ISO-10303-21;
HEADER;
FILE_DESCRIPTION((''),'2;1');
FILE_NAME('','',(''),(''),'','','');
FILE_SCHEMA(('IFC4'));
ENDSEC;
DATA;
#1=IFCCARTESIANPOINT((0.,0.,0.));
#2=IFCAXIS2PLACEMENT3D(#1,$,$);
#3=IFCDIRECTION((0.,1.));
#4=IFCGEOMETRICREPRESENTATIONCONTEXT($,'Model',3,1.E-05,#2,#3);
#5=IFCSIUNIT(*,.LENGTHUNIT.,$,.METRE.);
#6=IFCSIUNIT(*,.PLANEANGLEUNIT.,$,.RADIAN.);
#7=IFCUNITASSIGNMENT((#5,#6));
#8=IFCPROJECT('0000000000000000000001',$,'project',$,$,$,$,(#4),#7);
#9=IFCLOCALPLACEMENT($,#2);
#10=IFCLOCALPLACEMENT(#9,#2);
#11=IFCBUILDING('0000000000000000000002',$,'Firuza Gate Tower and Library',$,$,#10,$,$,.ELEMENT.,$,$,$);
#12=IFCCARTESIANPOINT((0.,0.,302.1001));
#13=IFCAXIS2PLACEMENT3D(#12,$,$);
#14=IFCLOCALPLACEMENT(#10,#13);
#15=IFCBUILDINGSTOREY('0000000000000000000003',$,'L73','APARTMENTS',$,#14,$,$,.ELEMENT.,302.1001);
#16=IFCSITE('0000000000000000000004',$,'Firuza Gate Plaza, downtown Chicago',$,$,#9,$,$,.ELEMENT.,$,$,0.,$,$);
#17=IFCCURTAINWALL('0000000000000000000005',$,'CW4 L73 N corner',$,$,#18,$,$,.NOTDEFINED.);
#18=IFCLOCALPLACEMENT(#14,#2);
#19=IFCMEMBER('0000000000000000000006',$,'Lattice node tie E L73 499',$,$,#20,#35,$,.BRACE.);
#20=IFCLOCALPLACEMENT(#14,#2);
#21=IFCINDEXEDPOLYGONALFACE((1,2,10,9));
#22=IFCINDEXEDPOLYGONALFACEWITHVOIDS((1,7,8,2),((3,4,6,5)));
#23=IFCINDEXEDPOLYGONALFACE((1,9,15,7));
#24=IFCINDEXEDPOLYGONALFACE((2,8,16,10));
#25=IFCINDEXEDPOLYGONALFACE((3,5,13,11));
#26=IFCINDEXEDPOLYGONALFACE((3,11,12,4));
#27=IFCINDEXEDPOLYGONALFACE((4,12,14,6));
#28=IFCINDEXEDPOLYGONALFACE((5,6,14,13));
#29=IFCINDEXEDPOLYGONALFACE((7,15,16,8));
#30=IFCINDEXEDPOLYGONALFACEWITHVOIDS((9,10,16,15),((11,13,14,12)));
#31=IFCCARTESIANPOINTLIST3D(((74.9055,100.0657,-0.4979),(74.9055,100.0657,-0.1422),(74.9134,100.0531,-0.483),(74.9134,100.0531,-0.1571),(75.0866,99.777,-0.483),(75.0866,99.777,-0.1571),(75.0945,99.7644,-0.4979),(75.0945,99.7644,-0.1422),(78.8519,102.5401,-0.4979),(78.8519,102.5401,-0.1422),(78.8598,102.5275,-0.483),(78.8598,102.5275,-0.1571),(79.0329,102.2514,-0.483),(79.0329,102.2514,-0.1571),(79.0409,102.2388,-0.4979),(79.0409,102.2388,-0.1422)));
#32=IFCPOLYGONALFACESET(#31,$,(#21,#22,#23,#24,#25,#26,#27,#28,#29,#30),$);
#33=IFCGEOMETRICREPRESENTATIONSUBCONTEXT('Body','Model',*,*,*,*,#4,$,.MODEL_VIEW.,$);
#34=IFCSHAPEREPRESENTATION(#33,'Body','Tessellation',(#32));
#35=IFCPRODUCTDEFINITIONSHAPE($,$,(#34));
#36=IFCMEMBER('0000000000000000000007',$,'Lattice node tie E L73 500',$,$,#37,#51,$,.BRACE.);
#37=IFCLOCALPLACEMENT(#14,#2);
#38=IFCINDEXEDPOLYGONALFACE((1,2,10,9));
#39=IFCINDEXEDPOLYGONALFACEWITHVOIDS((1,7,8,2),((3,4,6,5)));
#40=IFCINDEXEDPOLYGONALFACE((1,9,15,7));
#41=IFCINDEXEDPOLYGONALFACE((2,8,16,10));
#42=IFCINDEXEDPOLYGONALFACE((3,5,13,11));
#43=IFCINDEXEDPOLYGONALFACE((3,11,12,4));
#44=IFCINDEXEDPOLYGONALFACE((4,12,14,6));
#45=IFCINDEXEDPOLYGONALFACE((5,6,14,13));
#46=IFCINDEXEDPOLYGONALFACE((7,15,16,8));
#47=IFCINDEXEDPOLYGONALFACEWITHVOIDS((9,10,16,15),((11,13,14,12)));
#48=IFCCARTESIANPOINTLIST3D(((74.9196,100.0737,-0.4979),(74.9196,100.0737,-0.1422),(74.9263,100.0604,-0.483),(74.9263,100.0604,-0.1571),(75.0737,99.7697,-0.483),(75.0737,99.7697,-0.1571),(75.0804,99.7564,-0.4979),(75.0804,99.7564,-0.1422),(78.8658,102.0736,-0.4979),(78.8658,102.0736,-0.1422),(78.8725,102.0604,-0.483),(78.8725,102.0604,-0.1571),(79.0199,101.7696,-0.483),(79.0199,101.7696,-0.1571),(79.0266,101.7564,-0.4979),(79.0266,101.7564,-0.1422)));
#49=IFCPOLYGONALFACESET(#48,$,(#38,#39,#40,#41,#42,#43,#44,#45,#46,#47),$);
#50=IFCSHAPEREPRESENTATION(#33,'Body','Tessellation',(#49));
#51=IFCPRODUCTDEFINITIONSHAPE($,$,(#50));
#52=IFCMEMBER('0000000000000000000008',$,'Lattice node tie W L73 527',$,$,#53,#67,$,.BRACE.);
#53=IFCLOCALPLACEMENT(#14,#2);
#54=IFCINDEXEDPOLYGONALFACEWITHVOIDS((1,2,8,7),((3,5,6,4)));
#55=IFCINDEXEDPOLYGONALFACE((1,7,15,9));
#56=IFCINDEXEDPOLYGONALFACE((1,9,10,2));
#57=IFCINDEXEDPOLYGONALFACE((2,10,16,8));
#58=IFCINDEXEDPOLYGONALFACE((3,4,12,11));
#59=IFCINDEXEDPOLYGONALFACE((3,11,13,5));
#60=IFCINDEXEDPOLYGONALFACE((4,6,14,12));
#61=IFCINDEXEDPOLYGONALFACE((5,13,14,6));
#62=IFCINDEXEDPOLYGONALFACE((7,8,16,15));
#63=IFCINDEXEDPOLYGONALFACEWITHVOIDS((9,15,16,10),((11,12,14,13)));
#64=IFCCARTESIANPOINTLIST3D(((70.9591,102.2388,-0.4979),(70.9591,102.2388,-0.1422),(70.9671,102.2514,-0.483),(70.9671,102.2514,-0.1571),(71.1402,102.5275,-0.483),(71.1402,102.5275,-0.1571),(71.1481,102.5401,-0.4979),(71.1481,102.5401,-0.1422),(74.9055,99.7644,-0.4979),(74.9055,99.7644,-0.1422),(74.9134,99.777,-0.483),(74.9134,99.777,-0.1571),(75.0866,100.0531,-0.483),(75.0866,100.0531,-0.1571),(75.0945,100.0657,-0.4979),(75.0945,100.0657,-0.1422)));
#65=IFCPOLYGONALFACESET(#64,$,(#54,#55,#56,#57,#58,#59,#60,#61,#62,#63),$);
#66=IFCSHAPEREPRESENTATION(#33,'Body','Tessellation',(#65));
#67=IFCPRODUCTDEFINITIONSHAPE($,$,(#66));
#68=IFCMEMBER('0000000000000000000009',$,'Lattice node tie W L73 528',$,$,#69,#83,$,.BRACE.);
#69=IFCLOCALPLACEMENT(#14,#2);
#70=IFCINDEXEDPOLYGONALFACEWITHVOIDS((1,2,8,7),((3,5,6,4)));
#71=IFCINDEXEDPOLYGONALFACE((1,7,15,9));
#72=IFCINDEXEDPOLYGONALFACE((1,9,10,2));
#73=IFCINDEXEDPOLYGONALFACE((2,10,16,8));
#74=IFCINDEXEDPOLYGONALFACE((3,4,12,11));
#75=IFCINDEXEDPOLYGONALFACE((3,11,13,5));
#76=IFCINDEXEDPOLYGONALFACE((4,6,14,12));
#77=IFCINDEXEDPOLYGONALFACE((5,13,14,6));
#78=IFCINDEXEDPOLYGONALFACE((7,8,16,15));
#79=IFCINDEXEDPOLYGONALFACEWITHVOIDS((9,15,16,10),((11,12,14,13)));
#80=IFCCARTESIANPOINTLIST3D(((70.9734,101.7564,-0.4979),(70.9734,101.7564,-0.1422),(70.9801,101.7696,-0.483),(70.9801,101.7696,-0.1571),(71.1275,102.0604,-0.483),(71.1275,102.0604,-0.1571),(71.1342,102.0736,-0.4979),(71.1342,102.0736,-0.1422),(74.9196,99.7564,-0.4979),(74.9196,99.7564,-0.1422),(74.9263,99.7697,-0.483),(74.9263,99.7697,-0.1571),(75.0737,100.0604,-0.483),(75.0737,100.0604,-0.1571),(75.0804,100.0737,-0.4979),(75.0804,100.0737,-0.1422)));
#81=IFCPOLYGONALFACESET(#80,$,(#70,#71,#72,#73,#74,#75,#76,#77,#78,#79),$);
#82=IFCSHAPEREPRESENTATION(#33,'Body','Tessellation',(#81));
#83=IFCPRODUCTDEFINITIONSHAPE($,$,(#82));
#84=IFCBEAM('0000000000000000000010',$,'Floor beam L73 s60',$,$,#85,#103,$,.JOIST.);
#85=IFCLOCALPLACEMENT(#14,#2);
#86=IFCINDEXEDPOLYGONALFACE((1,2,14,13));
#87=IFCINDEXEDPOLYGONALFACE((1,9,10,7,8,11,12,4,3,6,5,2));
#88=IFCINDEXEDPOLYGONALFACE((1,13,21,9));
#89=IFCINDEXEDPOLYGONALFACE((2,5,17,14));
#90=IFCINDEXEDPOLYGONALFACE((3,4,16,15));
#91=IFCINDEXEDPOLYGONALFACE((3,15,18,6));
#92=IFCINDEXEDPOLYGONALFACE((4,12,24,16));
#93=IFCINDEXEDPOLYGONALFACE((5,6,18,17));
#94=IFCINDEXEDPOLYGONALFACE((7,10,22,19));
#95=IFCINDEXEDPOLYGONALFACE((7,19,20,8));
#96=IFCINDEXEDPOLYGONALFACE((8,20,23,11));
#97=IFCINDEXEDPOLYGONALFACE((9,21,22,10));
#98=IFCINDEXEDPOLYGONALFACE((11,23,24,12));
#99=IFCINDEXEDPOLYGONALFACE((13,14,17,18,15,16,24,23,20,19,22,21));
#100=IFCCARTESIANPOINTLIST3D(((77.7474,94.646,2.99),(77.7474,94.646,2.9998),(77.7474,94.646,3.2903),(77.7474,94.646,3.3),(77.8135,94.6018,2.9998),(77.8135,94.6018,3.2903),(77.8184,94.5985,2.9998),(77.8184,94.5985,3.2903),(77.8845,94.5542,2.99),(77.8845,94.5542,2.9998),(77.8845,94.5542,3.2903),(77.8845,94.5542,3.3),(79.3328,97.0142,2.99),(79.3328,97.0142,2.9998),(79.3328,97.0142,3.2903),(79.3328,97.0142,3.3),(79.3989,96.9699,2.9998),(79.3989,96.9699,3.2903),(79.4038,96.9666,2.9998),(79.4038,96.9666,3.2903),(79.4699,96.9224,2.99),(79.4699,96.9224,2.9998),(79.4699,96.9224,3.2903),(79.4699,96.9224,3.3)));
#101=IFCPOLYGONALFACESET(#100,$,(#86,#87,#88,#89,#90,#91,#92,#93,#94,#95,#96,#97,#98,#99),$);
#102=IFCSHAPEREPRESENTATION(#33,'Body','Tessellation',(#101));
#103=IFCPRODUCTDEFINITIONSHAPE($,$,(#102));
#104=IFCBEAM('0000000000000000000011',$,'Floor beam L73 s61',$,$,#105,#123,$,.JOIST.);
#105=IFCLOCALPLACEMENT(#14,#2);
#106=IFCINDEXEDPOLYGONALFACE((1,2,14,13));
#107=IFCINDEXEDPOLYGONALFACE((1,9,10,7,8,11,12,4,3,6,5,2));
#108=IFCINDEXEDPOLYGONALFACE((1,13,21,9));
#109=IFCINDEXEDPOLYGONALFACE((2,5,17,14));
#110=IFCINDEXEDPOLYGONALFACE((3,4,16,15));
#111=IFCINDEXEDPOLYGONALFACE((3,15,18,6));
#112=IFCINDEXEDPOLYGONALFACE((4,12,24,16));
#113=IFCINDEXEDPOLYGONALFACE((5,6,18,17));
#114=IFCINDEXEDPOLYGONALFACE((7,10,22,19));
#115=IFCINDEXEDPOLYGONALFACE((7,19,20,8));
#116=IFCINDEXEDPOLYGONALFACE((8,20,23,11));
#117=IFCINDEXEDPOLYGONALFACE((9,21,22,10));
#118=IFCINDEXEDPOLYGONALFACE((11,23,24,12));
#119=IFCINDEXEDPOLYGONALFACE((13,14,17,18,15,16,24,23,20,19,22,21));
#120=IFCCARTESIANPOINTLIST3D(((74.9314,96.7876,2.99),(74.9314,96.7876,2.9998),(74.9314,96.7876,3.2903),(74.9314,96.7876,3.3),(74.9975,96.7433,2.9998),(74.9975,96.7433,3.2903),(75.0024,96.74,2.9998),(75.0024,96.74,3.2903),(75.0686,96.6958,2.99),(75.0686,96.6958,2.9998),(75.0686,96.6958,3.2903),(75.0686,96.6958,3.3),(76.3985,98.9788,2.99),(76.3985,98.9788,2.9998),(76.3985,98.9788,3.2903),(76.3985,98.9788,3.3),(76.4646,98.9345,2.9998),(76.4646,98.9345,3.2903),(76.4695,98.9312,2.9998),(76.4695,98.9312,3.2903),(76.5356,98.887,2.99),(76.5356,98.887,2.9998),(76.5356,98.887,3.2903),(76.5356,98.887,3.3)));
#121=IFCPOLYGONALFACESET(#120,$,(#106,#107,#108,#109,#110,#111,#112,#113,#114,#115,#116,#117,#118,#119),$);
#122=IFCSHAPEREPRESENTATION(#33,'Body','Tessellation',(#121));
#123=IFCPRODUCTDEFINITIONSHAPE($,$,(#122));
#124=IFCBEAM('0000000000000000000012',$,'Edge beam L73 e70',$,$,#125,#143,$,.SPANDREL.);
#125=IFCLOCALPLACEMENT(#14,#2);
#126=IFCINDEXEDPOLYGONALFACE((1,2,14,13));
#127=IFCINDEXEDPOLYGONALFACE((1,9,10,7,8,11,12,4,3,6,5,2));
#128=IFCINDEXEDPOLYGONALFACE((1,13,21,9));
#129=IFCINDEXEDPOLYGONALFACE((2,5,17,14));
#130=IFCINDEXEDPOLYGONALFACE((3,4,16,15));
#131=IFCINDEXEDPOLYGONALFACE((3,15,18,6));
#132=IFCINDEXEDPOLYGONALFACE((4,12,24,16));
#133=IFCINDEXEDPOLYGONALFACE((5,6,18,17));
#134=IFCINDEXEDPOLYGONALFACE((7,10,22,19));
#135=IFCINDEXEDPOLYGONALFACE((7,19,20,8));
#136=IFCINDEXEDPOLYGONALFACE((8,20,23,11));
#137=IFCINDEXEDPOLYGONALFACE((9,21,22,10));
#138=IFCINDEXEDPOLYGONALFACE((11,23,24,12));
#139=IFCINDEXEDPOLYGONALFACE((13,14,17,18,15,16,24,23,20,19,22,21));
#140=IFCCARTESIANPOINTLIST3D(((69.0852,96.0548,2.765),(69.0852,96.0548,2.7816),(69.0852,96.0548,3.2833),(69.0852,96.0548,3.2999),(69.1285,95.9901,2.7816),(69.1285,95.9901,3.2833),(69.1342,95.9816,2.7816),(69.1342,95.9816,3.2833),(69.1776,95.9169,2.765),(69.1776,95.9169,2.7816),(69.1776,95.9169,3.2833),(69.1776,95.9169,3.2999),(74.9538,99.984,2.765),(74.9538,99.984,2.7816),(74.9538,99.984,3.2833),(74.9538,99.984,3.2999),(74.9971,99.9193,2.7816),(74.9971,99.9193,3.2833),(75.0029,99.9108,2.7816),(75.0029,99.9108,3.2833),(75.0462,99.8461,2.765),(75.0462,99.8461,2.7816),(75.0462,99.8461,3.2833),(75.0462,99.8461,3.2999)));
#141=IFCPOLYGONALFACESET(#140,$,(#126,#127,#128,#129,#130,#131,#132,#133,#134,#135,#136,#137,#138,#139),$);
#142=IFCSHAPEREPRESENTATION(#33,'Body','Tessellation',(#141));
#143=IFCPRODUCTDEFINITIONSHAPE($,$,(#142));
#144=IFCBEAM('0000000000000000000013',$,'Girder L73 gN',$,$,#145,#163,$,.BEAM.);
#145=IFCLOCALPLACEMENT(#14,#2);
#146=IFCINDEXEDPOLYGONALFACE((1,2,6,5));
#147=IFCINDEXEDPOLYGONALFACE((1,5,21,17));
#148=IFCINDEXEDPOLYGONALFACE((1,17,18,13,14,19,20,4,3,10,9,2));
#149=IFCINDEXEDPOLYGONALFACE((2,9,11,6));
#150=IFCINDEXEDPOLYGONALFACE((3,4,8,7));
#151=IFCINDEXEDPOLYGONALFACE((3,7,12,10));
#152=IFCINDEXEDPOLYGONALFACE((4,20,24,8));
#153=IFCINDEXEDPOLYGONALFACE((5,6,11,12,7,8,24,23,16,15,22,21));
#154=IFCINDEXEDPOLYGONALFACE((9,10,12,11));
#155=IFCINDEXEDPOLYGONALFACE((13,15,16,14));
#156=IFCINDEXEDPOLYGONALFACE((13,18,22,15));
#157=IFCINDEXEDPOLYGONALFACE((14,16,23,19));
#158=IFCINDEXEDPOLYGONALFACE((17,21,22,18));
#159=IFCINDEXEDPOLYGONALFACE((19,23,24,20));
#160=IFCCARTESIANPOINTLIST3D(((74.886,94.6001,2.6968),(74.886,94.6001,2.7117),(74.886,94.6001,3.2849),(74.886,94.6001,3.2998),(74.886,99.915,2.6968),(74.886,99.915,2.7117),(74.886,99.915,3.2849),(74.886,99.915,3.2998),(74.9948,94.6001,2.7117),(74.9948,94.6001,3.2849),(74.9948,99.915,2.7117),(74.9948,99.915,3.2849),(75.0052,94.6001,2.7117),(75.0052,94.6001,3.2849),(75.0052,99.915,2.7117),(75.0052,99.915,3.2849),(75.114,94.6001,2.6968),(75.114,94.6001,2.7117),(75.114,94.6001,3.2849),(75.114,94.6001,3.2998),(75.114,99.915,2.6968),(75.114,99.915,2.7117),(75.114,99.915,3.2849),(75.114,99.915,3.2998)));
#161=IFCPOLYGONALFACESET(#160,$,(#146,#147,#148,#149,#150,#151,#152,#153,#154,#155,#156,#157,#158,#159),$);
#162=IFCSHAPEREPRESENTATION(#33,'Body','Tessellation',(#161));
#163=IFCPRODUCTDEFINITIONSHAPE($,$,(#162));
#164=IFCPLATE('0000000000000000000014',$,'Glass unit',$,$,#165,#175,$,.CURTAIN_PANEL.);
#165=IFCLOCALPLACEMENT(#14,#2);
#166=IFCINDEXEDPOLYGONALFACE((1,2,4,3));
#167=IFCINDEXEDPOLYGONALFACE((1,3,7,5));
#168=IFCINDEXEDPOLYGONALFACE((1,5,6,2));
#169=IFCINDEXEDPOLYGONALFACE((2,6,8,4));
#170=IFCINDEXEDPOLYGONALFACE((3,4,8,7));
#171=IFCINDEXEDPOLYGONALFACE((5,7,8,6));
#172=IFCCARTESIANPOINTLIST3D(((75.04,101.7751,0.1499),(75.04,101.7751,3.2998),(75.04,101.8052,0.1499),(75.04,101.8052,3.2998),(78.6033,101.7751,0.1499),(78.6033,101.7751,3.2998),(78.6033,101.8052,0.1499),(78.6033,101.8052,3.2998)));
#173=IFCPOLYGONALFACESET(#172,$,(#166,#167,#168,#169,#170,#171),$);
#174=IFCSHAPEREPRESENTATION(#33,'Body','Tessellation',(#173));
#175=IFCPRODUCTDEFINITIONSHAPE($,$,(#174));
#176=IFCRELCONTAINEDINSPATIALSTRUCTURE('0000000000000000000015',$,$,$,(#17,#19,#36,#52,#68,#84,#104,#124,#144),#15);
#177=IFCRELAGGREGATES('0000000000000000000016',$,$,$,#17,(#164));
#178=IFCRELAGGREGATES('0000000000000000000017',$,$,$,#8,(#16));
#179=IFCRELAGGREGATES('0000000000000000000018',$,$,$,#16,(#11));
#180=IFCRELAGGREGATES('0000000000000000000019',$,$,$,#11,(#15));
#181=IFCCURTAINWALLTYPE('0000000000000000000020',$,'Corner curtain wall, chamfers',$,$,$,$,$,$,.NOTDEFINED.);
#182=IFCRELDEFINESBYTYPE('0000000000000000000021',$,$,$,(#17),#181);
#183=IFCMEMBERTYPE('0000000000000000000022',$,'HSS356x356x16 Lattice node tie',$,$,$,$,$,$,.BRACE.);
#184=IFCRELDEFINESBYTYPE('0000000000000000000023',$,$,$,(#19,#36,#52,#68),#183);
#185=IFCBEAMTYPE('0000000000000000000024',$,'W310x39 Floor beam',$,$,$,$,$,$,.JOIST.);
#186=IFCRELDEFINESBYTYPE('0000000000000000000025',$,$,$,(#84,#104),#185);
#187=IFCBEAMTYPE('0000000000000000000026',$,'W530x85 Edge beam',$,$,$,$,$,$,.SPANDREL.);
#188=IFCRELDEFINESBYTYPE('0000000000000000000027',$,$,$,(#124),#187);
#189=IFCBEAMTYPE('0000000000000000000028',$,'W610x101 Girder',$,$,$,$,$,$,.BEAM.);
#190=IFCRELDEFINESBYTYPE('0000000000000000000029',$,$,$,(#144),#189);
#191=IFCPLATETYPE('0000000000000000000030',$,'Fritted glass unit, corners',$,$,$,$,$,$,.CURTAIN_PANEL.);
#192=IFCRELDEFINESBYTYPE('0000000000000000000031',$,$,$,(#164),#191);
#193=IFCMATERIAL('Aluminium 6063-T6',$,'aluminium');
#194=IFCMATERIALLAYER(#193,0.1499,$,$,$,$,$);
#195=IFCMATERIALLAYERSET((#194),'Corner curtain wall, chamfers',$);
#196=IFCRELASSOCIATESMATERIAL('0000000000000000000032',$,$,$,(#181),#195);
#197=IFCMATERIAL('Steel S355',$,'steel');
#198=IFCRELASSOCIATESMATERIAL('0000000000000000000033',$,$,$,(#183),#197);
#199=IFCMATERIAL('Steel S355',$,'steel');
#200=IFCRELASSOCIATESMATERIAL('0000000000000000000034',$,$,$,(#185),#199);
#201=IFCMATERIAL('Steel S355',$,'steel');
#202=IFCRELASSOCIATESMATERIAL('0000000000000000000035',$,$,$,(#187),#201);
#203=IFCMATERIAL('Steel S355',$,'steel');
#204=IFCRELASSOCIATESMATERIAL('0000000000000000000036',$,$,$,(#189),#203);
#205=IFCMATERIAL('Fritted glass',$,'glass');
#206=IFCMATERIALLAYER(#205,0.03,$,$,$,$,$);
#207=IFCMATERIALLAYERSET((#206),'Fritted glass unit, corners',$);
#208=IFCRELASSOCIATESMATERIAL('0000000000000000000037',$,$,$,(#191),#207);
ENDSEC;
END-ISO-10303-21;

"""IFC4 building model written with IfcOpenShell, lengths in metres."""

from ifc_helpers import new_model, si_unit, direction, frame, origin, origin_2d, place, context, subcontext, project, spatial, polyline, hollow_rectangle, i_section, outline, extrude, material, layer, layer_set, material_profile, profile_set, type_object, element, aggregate, save


model = new_model("IFC4")

# Units and contexts
model_context = context("Model", 3, precision=1e-05, world=origin(), true_north=direction((0.0, 1.0)))
body_context = subcontext(model_context, "Body", "Model", "MODEL_VIEW")
ifc_project = project(units=[si_unit("LENGTHUNIT", "METRE"), si_unit("PLANEANGLEUNIT", "RADIAN")], contexts=[model_context])

# Site, building, storey
site_placement = place(None, origin())
site = spatial("IfcSite", under=ifc_project, at=site_placement, Name="Firuza Gate Plaza, downtown Chicago", CompositionType="ELEMENT", RefElevation=0.0)
building_placement = place(site_placement, origin())
building = spatial("IfcBuilding", under=site, at=building_placement, Name="Firuza Gate Tower and Library", CompositionType="ELEMENT")
storey_placement = place(building_placement, frame((0.0, 0.0, 302.1001)))
storey = spatial("IfcBuildingStorey", under=building, at=storey_placement, Name="L73", Description="APARTMENTS", CompositionType="ELEMENT", Elevation=302.1001)

# Curtain wall
placement = place(storey_placement, origin())
ifc_material_1 = material(Name="Aluminium 6063-T6", Category="aluminium")
ifc_layer_1 = layer(ifc_material_1, 0.1499)
ifc_layer_set_1 = layer_set([ifc_layer_1], Name="Corner curtain wall, chamfers")
curtain_wall_type_1 = type_object("IfcCurtainWallType", Name="Corner curtain wall, chamfers", PredefinedType="NOTDEFINED", material=ifc_layer_set_1)
curtain_wall_1 = element("IfcCurtainWall", 1, at=placement, inside=storey, type_object=curtain_wall_type_1, Name="CW4 L73 N corner", PredefinedType="NOTDEFINED")

# Members
ifc_material_2 = material(Name="Steel S355", Category="steel")
ifc_material_profile_1 = material_profile(ifc_material_2, hollow_rectangle(XDim=0.3557, YDim=0.3557, WallThickness=0.0149, at=origin_2d()))
ifc_profile_set_1 = profile_set([ifc_material_profile_1], Name="Steel S355")
member_type_1 = type_object("IfcMemberType", Name="HSS356x356x16 Lattice node tie", PredefinedType="BRACE", material=ifc_profile_set_1)
member_1_placement = place(storey_placement, frame((75.0, 99.915, -0.3201), z_axis=(0.847232, 0.531223, 0.0), x_axis=(-0.531223, 0.847232, 0.0)))
element("IfcMember", 2, at=member_1_placement, inside=storey, type_object=member_type_1, Name="Lattice node tie E L73 499", PredefinedType="BRACE", context=body_context, shape_type="SweptSolid", body=[
    extrude(hollow_rectangle(XDim=0.3557, YDim=0.3557, WallThickness=0.0149, at=origin_2d()), origin(), (0.0, 0.0, 1.0), 4.658),
])
member_2_placement = place(storey_placement, frame((75.0, 99.915, -0.3201), z_axis=(0.891986, 0.452063, 0.0), x_axis=(-0.452063, 0.891986, 0.0)))
element("IfcMember", 3, at=member_2_placement, inside=storey, type_object=member_type_1, Name="Lattice node tie E L73 500", PredefinedType="BRACE", context=body_context, shape_type="SweptSolid", body=[
    extrude(hollow_rectangle(XDim=0.3557, YDim=0.3557, WallThickness=0.0149, at=origin_2d()), origin(), (0.0, 0.0, 1.0), 4.4241),
])
member_3_placement = place(storey_placement, frame((75.0, 99.915, -0.3201), z_axis=(-0.847232, 0.531223, 0.0), x_axis=(-0.531223, -0.847232, 0.0)))
element("IfcMember", 4, at=member_3_placement, inside=storey, type_object=member_type_1, Name="Lattice node tie W L73 527", PredefinedType="BRACE", context=body_context, shape_type="SweptSolid", body=[
    extrude(hollow_rectangle(XDim=0.3557, YDim=0.3557, WallThickness=0.0149, at=origin_2d()), origin(), (0.0, 0.0, 1.0), 4.658),
])
member_4_placement = place(storey_placement, frame((75.0, 99.915, -0.3201), z_axis=(-0.891986, 0.452063, 0.0), x_axis=(-0.452063, -0.891986, 0.0)))
element("IfcMember", 5, at=member_4_placement, inside=storey, type_object=member_type_1, Name="Lattice node tie W L73 528", PredefinedType="BRACE", context=body_context, shape_type="SweptSolid", body=[
    extrude(hollow_rectangle(XDim=0.3557, YDim=0.3557, WallThickness=0.0149, at=origin_2d()), origin(), (0.0, 0.0, 1.0), 4.4241),
])

# Beams
ifc_material_3 = material(Name="Steel S355", Category="steel")
ifc_material_profile_2 = material_profile(ifc_material_3, i_section(OverallWidth=0.165, OverallDepth=0.3101, WebThickness=0.0059, FlangeThickness=0.0098, at=origin_2d()))
ifc_profile_set_2 = profile_set([ifc_material_profile_2], Name="Steel S355")
beam_type_1 = type_object("IfcBeamType", Name="W310x39 Floor beam", PredefinedType="JOIST", material=ifc_profile_set_2)
beam_1_placement = place(storey_placement, frame((79.4014, 96.9683, 3.145), z_axis=(-0.55632, -0.830968, 0.0), x_axis=(0.830968, -0.55632, 0.0)))
element("IfcBeam", 6, at=beam_1_placement, inside=storey, type_object=beam_type_1, Name="Floor beam L73 s60", PredefinedType="JOIST", context=body_context, shape_type="SweptSolid", body=[
    extrude(i_section(OverallWidth=0.165, OverallDepth=0.3101, WebThickness=0.0059, FlangeThickness=0.0098, at=origin_2d()), origin(), (0.0, 0.0, 1.0), 2.8499),
])
beam_2_placement = place(storey_placement, frame((76.467, 98.9329, 3.145), z_axis=(-0.556344, -0.830952, 0.0), x_axis=(0.830952, -0.556344, 0.0)))
element("IfcBeam", 7, at=beam_2_placement, inside=storey, type_object=beam_type_1, Name="Floor beam L73 s61", PredefinedType="JOIST", context=body_context, shape_type="SweptSolid", body=[
    extrude(i_section(OverallWidth=0.165, OverallDepth=0.3101, WebThickness=0.0059, FlangeThickness=0.0098, at=origin_2d()), origin(), (0.0, 0.0, 1.0), 2.637),
])
ifc_material_4 = material(Name="Steel S355", Category="steel")
ifc_material_profile_3 = material_profile(ifc_material_4, i_section(OverallWidth=0.166, OverallDepth=0.5349, WebThickness=0.0103, FlangeThickness=0.0166, at=origin_2d()))
ifc_profile_set_3 = profile_set([ifc_material_profile_3], Name="Steel S355")
beam_type_2 = type_object("IfcBeamType", Name="W530x85 Edge beam", PredefinedType="SPANDREL", material=ifc_profile_set_3)
beam_3_placement = place(storey_placement, frame((75.0, 99.915, 3.0325), z_axis=(-0.830953, -0.556342, 0.0), x_axis=(0.556342, -0.830953, 0.0)))
element("IfcBeam", 8, at=beam_3_placement, inside=storey, type_object=beam_type_2, Name="Edge beam L73 e70", PredefinedType="SPANDREL", context=body_context, shape_type="SweptSolid", body=[
    extrude(i_section(OverallWidth=0.166, OverallDepth=0.5349, WebThickness=0.0103, FlangeThickness=0.0166, at=origin_2d()), origin(), (0.0, 0.0, 1.0), 7.0625),
])
ifc_material_5 = material(Name="Steel S355", Category="steel")
ifc_material_profile_4 = material_profile(ifc_material_5, i_section(OverallWidth=0.228, OverallDepth=0.603, WebThickness=0.0105, FlangeThickness=0.0149, at=origin_2d()))
ifc_profile_set_4 = profile_set([ifc_material_profile_4], Name="Steel S355")
beam_type_3 = type_object("IfcBeamType", Name="W610x101 Girder", PredefinedType="BEAM", material=ifc_profile_set_4)
beam_4_placement = place(storey_placement, frame((75.0, 99.915, 2.9983), z_axis=(0.0, -1.0, 0.0), x_axis=(1.0, 0.0, 0.0)))
element("IfcBeam", 9, at=beam_4_placement, inside=storey, type_object=beam_type_3, Name="Girder L73 gN", PredefinedType="BEAM", context=body_context, shape_type="SweptSolid", body=[
    extrude(i_section(OverallWidth=0.228, OverallDepth=0.603, WebThickness=0.0105, FlangeThickness=0.0149, at=origin_2d()), origin(), (0.0, 0.0, 1.0), 5.3149),
])

# Plate
ifc_material_6 = material(Name="Fritted glass", Category="glass")
ifc_layer_2 = layer(ifc_material_6, 0.03)
ifc_layer_set_2 = layer_set([ifc_layer_2], Name="Fritted glass unit, corners")
plate_type_1 = type_object("IfcPlateType", Name="Fritted glass unit, corners", PredefinedType="CURTAIN_PANEL", material=ifc_layer_set_2)
plate_1_placement = place(storey_placement, frame((78.6033, 101.8052, 0.1499), z_axis=(0.0, 1.0, 0.0), x_axis=(-1.0, 0.0, 0.0)))
plate_1 = element("IfcPlate", 10, at=plate_1_placement, type_object=plate_type_1, Name="Glass unit", PredefinedType="CURTAIN_PANEL", context=body_context, shape_type="SweptSolid", body=[
    extrude(outline(polyline([(0.0, 0.0), (3.5632, 0.0), (3.5632, 3.1499), (0.0, 3.1499), (0.0, 0.0)])), origin(), (0.0, 0.0, -1.0), 0.03),
])
aggregate(curtain_wall_1, [plate_1])

save(model, "model.ifc")
